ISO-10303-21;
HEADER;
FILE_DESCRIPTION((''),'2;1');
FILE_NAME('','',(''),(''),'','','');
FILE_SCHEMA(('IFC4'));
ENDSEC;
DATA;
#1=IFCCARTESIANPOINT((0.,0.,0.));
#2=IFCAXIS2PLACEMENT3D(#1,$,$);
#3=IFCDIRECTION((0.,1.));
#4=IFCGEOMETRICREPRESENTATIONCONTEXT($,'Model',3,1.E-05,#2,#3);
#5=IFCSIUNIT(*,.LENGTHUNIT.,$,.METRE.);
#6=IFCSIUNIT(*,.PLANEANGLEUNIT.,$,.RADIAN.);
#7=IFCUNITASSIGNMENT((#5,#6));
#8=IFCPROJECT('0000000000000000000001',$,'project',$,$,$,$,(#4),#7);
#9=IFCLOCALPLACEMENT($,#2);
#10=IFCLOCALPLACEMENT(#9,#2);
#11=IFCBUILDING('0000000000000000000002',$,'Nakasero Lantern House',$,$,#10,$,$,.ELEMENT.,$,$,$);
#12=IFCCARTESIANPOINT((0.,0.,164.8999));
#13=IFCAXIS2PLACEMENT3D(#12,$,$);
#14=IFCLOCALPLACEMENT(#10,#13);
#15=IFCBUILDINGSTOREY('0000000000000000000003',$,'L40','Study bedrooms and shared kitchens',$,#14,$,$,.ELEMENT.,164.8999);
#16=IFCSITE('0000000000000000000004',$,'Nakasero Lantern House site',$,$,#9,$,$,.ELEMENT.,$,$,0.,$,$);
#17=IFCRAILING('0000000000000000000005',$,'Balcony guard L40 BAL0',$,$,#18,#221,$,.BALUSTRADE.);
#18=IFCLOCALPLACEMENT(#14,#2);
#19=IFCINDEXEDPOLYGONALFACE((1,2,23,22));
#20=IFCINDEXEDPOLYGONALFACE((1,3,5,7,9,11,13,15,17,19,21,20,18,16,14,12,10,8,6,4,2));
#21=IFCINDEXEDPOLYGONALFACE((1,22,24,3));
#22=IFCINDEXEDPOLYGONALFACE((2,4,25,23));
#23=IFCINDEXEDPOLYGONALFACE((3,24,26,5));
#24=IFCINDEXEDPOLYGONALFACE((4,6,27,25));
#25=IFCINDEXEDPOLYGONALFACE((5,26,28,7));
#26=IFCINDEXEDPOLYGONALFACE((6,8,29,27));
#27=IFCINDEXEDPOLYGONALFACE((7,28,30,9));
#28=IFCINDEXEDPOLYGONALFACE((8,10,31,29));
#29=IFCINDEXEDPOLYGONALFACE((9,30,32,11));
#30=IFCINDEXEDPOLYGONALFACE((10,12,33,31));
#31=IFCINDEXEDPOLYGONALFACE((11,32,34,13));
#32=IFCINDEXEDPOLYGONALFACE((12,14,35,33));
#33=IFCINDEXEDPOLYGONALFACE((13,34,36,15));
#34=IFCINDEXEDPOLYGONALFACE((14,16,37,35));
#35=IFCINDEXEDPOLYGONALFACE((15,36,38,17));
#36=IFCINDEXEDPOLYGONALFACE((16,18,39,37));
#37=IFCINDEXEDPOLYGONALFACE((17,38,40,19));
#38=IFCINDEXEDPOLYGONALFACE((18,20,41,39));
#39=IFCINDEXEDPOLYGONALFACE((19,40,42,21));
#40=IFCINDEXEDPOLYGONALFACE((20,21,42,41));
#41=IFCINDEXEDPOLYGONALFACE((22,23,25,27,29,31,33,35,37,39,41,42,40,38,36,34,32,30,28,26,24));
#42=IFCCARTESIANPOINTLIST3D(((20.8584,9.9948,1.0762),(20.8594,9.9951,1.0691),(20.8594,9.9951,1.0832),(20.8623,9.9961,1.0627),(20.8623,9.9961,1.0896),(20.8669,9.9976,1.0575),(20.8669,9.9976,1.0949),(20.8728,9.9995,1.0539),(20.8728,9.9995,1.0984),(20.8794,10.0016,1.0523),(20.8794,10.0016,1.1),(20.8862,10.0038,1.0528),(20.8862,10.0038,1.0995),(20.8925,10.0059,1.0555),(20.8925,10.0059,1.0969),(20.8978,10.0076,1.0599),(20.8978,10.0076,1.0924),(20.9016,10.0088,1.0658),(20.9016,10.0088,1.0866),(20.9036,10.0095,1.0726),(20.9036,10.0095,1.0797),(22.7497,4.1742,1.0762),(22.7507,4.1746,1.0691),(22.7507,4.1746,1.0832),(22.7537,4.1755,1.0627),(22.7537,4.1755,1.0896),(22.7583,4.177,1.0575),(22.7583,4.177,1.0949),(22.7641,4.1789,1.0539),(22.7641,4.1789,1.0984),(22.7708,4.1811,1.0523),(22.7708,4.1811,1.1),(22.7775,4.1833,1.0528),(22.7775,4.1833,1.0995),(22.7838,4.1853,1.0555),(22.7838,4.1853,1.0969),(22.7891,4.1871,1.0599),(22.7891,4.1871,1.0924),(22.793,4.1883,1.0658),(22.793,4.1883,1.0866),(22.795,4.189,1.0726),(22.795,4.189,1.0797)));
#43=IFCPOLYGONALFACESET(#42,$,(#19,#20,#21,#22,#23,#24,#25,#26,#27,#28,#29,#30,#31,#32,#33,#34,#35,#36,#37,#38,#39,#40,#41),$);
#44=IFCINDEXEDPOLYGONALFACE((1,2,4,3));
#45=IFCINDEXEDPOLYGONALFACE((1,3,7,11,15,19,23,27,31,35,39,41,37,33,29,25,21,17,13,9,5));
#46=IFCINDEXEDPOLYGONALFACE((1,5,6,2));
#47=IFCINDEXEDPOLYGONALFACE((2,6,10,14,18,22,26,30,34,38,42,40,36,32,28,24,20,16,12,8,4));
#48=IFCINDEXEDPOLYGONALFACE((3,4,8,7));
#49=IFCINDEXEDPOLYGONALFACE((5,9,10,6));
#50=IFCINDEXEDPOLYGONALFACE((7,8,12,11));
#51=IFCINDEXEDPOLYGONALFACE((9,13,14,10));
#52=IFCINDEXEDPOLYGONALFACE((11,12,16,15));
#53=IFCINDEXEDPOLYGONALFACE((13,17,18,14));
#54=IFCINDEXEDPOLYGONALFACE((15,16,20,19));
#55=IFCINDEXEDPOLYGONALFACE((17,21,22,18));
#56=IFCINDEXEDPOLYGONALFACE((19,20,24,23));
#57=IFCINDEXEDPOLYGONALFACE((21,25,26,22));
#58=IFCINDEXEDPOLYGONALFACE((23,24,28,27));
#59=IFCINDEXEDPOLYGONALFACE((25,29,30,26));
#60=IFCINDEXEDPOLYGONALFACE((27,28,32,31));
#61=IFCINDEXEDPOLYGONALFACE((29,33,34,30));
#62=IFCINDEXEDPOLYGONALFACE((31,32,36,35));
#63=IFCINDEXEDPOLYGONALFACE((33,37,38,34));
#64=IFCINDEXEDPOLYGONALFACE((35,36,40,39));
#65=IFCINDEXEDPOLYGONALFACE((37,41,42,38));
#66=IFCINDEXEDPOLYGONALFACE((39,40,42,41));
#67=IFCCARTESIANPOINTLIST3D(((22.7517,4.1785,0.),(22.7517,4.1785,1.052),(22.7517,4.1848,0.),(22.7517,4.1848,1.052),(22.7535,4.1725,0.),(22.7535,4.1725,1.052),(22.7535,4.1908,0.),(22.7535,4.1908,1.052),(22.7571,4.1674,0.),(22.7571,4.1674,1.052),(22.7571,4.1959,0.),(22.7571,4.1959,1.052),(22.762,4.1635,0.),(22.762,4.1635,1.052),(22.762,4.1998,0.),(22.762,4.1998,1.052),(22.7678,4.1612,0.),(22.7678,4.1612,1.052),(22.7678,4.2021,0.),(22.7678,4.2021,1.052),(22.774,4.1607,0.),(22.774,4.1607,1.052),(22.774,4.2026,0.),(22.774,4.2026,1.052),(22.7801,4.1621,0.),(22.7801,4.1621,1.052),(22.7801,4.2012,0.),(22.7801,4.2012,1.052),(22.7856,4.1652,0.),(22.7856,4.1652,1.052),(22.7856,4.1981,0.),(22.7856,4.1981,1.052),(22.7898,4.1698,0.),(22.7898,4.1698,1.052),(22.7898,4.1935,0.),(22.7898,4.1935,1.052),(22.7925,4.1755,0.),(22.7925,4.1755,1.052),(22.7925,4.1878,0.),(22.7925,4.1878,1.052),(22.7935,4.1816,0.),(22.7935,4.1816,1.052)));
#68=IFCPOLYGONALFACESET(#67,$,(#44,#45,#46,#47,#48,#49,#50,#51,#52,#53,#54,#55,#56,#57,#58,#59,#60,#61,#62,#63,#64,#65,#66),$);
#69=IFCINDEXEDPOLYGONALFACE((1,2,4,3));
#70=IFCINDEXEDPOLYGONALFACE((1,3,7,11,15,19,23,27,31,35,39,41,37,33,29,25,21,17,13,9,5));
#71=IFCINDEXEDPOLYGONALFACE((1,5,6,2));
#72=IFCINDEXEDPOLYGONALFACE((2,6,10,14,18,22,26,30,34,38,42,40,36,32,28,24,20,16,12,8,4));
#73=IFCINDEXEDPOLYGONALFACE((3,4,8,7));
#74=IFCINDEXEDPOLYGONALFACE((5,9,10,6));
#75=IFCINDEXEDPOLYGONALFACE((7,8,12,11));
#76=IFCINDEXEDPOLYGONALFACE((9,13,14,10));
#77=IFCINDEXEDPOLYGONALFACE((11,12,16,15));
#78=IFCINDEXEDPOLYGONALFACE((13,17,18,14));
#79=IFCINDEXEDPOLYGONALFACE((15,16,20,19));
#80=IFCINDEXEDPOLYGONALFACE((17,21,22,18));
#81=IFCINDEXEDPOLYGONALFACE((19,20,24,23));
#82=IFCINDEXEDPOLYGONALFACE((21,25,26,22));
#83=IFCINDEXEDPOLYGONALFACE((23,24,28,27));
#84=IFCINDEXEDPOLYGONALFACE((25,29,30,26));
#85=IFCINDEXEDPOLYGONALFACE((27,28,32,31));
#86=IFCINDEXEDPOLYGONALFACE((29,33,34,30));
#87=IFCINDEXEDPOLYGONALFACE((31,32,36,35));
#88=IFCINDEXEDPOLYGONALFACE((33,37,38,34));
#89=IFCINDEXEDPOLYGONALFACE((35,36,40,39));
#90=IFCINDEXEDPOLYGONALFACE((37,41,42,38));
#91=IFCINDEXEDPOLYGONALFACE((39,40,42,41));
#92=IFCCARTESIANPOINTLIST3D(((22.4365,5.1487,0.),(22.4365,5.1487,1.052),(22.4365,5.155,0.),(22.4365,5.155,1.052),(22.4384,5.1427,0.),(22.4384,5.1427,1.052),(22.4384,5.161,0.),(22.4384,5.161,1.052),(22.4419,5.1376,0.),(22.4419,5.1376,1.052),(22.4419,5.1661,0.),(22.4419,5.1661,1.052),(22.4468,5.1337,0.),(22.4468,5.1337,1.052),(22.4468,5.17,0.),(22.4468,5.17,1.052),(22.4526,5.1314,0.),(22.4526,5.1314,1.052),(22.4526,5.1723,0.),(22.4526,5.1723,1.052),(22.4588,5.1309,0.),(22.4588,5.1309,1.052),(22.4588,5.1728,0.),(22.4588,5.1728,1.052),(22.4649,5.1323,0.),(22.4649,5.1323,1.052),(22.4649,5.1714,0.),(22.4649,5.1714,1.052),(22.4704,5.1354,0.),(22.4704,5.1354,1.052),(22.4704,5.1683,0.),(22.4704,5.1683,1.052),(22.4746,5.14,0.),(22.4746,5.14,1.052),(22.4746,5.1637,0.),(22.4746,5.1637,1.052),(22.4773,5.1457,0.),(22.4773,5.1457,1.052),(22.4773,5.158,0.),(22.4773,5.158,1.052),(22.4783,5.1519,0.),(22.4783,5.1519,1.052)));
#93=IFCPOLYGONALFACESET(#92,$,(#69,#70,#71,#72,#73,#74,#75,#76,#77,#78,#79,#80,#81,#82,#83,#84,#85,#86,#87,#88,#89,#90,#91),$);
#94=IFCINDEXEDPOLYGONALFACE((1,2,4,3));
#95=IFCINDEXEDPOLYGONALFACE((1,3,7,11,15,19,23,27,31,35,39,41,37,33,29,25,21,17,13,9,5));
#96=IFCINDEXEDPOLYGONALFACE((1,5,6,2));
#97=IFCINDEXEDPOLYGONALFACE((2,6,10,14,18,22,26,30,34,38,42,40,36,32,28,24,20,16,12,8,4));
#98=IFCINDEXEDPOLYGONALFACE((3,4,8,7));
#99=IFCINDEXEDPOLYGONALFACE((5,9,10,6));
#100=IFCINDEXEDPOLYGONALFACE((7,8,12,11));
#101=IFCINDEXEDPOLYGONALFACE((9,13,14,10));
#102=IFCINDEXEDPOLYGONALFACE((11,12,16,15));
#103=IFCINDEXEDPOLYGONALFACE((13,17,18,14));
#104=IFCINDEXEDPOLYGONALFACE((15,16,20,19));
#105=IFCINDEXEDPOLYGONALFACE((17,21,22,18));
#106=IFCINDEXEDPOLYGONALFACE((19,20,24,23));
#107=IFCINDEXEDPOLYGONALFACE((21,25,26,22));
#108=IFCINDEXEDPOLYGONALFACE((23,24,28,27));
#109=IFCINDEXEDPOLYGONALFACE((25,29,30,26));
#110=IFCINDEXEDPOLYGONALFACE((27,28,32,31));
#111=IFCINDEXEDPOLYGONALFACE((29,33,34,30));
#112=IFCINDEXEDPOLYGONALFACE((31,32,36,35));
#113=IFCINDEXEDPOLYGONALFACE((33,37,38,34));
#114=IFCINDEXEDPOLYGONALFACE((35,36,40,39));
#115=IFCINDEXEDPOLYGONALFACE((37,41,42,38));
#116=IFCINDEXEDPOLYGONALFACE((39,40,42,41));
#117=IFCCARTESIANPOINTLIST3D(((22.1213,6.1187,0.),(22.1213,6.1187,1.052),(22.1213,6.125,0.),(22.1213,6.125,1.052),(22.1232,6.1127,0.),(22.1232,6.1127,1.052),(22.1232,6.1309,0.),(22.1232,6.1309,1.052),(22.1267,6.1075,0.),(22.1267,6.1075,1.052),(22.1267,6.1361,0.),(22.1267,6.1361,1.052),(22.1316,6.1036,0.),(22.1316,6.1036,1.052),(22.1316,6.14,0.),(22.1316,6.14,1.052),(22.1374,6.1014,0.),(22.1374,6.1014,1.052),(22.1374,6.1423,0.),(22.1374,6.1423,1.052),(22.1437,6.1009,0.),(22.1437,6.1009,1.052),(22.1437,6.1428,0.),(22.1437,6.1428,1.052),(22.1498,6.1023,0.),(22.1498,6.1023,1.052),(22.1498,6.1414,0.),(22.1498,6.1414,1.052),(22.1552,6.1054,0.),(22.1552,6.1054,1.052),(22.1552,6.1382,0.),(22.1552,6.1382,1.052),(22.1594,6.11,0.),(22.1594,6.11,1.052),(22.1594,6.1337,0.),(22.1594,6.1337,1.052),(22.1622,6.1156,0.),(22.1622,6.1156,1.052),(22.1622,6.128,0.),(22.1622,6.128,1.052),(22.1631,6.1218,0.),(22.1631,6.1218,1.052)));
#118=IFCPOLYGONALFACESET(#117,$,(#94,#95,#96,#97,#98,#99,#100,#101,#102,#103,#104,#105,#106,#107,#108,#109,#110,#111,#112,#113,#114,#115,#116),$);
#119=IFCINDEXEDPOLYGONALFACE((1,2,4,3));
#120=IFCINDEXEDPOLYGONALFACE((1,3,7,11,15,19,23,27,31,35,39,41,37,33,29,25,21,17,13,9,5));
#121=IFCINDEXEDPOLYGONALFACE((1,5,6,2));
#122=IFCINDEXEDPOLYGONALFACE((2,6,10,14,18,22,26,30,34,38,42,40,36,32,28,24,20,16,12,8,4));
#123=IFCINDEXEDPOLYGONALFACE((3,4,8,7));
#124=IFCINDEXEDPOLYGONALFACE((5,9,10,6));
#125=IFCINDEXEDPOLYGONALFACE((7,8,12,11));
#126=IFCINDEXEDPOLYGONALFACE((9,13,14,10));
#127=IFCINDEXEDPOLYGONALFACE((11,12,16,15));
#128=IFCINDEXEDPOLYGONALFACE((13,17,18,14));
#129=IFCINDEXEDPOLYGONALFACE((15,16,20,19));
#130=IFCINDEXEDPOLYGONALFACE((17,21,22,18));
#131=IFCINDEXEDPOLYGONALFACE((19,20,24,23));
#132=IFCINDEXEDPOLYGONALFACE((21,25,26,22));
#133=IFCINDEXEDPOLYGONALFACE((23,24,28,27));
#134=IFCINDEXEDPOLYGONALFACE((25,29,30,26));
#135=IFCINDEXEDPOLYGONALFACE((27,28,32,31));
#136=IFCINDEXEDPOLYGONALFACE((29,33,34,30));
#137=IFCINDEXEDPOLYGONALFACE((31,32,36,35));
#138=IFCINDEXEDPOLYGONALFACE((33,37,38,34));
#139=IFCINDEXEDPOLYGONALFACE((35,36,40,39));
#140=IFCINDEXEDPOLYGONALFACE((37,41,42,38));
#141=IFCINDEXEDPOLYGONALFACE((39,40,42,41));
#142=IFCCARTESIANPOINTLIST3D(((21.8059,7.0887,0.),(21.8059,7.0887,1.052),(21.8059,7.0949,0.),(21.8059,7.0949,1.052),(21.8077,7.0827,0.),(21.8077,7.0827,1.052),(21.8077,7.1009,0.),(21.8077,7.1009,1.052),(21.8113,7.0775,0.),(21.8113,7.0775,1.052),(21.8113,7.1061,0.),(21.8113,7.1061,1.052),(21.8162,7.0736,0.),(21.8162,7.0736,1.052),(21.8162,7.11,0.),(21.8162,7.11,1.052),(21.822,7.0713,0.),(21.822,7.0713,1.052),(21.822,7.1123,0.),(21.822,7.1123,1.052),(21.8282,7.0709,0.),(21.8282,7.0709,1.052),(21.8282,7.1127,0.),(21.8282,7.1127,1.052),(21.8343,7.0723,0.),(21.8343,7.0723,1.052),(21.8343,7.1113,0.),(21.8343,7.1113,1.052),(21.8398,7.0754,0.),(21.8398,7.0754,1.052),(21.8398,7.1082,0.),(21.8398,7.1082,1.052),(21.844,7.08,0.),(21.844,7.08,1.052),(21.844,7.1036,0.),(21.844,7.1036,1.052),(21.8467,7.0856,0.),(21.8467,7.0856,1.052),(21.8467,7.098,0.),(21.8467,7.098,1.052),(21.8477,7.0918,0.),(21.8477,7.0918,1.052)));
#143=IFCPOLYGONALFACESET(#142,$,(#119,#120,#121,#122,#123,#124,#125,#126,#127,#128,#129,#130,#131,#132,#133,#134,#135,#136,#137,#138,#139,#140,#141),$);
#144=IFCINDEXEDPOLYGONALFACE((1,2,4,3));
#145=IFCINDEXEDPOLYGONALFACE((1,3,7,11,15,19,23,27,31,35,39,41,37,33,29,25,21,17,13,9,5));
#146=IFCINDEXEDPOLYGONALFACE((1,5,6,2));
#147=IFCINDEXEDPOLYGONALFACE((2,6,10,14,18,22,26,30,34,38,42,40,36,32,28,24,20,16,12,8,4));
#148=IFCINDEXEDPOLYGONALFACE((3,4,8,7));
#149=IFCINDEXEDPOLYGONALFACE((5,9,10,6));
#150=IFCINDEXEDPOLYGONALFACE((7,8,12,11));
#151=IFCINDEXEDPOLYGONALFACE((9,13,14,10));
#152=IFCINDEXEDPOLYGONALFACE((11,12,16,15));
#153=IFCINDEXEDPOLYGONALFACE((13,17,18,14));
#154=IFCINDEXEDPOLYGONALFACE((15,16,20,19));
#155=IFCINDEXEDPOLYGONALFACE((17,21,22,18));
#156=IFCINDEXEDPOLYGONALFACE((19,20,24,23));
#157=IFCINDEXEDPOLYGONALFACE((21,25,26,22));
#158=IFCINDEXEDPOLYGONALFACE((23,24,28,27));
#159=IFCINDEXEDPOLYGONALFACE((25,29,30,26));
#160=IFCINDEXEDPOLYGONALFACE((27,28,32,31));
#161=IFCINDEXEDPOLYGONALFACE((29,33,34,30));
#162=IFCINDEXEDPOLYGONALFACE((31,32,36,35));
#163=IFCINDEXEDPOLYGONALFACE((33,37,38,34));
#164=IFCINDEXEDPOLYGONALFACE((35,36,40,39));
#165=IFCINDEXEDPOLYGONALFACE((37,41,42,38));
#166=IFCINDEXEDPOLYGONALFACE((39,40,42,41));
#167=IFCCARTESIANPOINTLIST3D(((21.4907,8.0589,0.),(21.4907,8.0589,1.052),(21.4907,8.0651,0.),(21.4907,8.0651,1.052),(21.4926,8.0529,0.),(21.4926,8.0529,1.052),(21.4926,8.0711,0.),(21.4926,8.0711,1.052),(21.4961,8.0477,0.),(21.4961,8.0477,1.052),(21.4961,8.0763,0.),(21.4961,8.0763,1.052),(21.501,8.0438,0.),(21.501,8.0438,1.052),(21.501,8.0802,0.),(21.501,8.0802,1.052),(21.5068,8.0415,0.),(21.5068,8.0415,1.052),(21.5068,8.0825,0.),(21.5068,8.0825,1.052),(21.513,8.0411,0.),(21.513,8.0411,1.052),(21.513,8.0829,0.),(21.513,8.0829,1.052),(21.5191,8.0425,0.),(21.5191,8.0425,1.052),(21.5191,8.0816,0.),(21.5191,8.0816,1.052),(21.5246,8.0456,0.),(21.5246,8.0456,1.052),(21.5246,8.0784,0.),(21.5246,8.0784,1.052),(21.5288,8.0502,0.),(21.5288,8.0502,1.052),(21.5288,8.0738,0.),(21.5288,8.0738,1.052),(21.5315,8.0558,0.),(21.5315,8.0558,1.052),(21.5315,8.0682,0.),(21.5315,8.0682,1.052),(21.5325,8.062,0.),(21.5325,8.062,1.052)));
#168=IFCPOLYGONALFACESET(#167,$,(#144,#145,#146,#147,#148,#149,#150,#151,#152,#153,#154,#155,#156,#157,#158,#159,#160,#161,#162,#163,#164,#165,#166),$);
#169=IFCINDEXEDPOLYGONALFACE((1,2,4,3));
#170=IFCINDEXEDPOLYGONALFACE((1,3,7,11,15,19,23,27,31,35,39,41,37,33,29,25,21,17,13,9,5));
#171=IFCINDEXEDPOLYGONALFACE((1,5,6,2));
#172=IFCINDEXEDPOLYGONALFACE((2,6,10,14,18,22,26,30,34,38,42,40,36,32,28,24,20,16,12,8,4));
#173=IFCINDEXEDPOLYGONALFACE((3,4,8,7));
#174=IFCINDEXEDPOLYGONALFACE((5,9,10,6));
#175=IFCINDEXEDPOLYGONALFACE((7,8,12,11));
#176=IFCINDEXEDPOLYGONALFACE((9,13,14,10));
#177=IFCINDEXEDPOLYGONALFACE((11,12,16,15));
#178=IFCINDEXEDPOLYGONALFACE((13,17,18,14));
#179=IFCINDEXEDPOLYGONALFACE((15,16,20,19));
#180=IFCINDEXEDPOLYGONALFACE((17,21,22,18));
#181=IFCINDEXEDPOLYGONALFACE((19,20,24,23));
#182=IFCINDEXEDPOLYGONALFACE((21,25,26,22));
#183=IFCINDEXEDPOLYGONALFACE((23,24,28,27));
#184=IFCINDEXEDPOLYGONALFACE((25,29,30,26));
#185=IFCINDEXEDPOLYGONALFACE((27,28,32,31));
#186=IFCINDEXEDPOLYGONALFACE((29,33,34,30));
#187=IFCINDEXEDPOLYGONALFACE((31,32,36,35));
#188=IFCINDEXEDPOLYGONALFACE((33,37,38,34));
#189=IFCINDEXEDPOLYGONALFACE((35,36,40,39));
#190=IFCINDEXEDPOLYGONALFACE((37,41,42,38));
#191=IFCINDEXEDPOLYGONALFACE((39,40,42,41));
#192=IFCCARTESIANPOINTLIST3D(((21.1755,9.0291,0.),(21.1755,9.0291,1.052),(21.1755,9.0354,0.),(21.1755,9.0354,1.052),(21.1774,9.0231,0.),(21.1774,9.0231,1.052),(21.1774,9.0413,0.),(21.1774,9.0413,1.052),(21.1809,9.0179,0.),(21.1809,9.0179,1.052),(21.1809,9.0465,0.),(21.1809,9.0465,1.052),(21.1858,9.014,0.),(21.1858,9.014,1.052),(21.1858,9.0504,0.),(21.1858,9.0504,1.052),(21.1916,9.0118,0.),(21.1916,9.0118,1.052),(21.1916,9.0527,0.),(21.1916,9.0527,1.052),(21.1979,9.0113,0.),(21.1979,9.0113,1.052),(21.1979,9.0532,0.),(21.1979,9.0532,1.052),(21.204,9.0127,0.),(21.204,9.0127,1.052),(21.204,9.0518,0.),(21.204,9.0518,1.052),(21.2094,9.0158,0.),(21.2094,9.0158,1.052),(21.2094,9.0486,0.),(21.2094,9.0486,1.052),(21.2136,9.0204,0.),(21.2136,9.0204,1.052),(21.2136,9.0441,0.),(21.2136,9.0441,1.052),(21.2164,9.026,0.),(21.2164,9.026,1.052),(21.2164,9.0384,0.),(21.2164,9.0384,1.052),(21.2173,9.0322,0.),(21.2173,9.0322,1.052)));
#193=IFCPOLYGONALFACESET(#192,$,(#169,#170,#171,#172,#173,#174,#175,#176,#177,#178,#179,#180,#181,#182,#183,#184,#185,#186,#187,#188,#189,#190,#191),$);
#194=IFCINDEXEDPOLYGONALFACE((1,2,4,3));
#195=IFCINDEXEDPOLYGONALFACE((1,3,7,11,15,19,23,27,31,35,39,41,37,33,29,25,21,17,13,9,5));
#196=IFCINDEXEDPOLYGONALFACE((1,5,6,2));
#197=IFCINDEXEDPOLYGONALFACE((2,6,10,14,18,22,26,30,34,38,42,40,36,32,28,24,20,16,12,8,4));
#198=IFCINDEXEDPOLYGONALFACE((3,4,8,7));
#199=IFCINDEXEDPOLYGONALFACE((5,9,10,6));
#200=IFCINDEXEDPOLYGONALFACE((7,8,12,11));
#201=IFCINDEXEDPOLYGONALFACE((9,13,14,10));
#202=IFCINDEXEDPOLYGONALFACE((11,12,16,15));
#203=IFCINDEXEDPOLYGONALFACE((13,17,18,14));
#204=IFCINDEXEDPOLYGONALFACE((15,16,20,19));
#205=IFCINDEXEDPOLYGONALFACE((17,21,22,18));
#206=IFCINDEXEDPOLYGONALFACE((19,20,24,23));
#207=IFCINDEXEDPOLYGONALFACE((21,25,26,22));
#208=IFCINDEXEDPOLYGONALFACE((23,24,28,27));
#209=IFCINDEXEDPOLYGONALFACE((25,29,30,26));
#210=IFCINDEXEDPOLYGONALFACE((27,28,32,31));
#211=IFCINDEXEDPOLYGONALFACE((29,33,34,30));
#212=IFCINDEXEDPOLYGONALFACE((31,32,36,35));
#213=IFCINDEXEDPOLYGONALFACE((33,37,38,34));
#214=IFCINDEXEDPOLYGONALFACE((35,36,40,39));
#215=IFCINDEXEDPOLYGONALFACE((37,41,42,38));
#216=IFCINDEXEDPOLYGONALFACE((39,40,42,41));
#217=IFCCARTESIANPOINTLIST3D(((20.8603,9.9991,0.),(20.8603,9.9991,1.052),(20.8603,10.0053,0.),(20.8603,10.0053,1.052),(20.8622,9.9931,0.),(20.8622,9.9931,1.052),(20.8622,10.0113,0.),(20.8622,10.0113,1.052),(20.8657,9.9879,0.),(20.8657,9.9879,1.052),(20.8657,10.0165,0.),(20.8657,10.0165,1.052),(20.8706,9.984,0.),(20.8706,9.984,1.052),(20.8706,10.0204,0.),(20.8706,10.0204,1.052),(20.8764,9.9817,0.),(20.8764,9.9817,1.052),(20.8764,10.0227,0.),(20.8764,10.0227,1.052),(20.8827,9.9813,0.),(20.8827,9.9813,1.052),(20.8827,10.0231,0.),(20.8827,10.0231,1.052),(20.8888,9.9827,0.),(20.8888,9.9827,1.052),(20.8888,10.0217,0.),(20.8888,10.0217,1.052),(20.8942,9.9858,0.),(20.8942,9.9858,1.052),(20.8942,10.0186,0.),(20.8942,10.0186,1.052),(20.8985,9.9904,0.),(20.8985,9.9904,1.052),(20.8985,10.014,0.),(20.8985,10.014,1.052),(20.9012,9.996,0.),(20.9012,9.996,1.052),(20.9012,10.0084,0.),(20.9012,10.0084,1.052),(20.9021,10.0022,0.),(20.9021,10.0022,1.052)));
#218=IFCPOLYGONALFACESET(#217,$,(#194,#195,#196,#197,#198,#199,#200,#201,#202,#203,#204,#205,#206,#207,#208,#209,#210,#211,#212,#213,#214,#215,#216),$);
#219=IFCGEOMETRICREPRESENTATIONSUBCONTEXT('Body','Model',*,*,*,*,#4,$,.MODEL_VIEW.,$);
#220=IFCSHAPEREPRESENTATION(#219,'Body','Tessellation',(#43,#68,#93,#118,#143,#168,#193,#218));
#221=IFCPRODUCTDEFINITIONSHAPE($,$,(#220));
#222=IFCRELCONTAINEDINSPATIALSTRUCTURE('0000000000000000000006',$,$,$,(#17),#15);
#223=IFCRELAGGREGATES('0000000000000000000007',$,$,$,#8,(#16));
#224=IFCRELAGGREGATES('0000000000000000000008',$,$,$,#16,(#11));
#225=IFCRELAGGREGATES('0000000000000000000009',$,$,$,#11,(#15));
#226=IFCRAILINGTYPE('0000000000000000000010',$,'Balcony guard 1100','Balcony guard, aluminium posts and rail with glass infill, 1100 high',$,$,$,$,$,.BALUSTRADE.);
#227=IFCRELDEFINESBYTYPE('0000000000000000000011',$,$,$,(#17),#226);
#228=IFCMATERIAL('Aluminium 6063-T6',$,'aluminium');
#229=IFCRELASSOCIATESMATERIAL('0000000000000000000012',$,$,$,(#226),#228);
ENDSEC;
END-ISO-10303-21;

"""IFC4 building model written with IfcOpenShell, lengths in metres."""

from ifc_helpers import new_model, si_unit, direction, frame, origin, origin_2d, place, context, subcontext, project, spatial, circle, extrude, material, type_object, element, save


model = new_model("IFC4")

# Units and contexts
model_context = context("Model", 3, precision=1e-05, world=origin(), true_north=direction((0.0, 1.0)))
body_context = subcontext(model_context, "Body", "Model", "MODEL_VIEW")
ifc_project = project(units=[si_unit("LENGTHUNIT", "METRE"), si_unit("PLANEANGLEUNIT", "RADIAN")], contexts=[model_context])

# Site, building, storey
site_placement = place(None, origin())
site = spatial("IfcSite", under=ifc_project, at=site_placement, Name="Nakasero Lantern House site", CompositionType="ELEMENT", RefElevation=0.0)
building_placement = place(site_placement, origin())
building = spatial("IfcBuilding", under=site, at=building_placement, Name="Nakasero Lantern House", CompositionType="ELEMENT")
storey_placement = place(building_placement, frame((0.0, 0.0, 164.8999)))
storey = spatial("IfcBuildingStorey", under=building, at=storey_placement, Name="L40", Description="Study bedrooms and shared kitchens", CompositionType="ELEMENT", Elevation=164.8999)

# Railing
ifc_material_1 = material(Name="Aluminium 6063-T6", Category="aluminium")
railing_type = type_object("IfcRailingType", Name="Balcony guard 1100", Description="Balcony guard, aluminium posts and rail with glass infill, 1100 high", PredefinedType="BALUSTRADE", material=ifc_material_1)
railing_placement = place(storey_placement, frame((22.7725, 4.1816, 0.0)))
element("IfcRailing", 1, at=railing_placement, inside=storey, type_object=railing_type, Name="Balcony guard L40 BAL0", PredefinedType="BALUSTRADE", context=body_context, shape_type="SweptSolid", body=[
    extrude(circle(Radius=0.0239, at=origin_2d()), frame((0.0, 0.0, 1.0762), z_axis=(-0.309038, 0.95105, 0.0), x_axis=(-0.95105, -0.309038, 0.0)), (0.0, 0.0, 1.0), 6.1201),
    extrude(circle(Radius=0.021, at=origin_2d()), origin(), (0.0, 0.0, 1.0), 1.052),
    extrude(circle(Radius=0.021, at=origin_2d()), frame((-0.3152, 0.9702, 0.0)), (0.0, 0.0, 1.0), 1.052),
    extrude(circle(Radius=0.021, at=origin_2d()), frame((-0.6304, 1.9402, 0.0)), (0.0, 0.0, 1.0), 1.052),
    extrude(circle(Radius=0.021, at=origin_2d()), frame((-0.9458, 2.9102, 0.0)), (0.0, 0.0, 1.0), 1.052),
    extrude(circle(Radius=0.021, at=origin_2d()), frame((-1.261, 3.8804, 0.0)), (0.0, 0.0, 1.0), 1.052),
    extrude(circle(Radius=0.021, at=origin_2d()), frame((-1.5762, 4.8506, 0.0)), (0.0, 0.0, 1.0), 1.052),
    extrude(circle(Radius=0.021, at=origin_2d()), frame((-1.8914, 5.8206, 0.0)), (0.0, 0.0, 1.0), 1.052),
])

save(model, "model.ifc")
